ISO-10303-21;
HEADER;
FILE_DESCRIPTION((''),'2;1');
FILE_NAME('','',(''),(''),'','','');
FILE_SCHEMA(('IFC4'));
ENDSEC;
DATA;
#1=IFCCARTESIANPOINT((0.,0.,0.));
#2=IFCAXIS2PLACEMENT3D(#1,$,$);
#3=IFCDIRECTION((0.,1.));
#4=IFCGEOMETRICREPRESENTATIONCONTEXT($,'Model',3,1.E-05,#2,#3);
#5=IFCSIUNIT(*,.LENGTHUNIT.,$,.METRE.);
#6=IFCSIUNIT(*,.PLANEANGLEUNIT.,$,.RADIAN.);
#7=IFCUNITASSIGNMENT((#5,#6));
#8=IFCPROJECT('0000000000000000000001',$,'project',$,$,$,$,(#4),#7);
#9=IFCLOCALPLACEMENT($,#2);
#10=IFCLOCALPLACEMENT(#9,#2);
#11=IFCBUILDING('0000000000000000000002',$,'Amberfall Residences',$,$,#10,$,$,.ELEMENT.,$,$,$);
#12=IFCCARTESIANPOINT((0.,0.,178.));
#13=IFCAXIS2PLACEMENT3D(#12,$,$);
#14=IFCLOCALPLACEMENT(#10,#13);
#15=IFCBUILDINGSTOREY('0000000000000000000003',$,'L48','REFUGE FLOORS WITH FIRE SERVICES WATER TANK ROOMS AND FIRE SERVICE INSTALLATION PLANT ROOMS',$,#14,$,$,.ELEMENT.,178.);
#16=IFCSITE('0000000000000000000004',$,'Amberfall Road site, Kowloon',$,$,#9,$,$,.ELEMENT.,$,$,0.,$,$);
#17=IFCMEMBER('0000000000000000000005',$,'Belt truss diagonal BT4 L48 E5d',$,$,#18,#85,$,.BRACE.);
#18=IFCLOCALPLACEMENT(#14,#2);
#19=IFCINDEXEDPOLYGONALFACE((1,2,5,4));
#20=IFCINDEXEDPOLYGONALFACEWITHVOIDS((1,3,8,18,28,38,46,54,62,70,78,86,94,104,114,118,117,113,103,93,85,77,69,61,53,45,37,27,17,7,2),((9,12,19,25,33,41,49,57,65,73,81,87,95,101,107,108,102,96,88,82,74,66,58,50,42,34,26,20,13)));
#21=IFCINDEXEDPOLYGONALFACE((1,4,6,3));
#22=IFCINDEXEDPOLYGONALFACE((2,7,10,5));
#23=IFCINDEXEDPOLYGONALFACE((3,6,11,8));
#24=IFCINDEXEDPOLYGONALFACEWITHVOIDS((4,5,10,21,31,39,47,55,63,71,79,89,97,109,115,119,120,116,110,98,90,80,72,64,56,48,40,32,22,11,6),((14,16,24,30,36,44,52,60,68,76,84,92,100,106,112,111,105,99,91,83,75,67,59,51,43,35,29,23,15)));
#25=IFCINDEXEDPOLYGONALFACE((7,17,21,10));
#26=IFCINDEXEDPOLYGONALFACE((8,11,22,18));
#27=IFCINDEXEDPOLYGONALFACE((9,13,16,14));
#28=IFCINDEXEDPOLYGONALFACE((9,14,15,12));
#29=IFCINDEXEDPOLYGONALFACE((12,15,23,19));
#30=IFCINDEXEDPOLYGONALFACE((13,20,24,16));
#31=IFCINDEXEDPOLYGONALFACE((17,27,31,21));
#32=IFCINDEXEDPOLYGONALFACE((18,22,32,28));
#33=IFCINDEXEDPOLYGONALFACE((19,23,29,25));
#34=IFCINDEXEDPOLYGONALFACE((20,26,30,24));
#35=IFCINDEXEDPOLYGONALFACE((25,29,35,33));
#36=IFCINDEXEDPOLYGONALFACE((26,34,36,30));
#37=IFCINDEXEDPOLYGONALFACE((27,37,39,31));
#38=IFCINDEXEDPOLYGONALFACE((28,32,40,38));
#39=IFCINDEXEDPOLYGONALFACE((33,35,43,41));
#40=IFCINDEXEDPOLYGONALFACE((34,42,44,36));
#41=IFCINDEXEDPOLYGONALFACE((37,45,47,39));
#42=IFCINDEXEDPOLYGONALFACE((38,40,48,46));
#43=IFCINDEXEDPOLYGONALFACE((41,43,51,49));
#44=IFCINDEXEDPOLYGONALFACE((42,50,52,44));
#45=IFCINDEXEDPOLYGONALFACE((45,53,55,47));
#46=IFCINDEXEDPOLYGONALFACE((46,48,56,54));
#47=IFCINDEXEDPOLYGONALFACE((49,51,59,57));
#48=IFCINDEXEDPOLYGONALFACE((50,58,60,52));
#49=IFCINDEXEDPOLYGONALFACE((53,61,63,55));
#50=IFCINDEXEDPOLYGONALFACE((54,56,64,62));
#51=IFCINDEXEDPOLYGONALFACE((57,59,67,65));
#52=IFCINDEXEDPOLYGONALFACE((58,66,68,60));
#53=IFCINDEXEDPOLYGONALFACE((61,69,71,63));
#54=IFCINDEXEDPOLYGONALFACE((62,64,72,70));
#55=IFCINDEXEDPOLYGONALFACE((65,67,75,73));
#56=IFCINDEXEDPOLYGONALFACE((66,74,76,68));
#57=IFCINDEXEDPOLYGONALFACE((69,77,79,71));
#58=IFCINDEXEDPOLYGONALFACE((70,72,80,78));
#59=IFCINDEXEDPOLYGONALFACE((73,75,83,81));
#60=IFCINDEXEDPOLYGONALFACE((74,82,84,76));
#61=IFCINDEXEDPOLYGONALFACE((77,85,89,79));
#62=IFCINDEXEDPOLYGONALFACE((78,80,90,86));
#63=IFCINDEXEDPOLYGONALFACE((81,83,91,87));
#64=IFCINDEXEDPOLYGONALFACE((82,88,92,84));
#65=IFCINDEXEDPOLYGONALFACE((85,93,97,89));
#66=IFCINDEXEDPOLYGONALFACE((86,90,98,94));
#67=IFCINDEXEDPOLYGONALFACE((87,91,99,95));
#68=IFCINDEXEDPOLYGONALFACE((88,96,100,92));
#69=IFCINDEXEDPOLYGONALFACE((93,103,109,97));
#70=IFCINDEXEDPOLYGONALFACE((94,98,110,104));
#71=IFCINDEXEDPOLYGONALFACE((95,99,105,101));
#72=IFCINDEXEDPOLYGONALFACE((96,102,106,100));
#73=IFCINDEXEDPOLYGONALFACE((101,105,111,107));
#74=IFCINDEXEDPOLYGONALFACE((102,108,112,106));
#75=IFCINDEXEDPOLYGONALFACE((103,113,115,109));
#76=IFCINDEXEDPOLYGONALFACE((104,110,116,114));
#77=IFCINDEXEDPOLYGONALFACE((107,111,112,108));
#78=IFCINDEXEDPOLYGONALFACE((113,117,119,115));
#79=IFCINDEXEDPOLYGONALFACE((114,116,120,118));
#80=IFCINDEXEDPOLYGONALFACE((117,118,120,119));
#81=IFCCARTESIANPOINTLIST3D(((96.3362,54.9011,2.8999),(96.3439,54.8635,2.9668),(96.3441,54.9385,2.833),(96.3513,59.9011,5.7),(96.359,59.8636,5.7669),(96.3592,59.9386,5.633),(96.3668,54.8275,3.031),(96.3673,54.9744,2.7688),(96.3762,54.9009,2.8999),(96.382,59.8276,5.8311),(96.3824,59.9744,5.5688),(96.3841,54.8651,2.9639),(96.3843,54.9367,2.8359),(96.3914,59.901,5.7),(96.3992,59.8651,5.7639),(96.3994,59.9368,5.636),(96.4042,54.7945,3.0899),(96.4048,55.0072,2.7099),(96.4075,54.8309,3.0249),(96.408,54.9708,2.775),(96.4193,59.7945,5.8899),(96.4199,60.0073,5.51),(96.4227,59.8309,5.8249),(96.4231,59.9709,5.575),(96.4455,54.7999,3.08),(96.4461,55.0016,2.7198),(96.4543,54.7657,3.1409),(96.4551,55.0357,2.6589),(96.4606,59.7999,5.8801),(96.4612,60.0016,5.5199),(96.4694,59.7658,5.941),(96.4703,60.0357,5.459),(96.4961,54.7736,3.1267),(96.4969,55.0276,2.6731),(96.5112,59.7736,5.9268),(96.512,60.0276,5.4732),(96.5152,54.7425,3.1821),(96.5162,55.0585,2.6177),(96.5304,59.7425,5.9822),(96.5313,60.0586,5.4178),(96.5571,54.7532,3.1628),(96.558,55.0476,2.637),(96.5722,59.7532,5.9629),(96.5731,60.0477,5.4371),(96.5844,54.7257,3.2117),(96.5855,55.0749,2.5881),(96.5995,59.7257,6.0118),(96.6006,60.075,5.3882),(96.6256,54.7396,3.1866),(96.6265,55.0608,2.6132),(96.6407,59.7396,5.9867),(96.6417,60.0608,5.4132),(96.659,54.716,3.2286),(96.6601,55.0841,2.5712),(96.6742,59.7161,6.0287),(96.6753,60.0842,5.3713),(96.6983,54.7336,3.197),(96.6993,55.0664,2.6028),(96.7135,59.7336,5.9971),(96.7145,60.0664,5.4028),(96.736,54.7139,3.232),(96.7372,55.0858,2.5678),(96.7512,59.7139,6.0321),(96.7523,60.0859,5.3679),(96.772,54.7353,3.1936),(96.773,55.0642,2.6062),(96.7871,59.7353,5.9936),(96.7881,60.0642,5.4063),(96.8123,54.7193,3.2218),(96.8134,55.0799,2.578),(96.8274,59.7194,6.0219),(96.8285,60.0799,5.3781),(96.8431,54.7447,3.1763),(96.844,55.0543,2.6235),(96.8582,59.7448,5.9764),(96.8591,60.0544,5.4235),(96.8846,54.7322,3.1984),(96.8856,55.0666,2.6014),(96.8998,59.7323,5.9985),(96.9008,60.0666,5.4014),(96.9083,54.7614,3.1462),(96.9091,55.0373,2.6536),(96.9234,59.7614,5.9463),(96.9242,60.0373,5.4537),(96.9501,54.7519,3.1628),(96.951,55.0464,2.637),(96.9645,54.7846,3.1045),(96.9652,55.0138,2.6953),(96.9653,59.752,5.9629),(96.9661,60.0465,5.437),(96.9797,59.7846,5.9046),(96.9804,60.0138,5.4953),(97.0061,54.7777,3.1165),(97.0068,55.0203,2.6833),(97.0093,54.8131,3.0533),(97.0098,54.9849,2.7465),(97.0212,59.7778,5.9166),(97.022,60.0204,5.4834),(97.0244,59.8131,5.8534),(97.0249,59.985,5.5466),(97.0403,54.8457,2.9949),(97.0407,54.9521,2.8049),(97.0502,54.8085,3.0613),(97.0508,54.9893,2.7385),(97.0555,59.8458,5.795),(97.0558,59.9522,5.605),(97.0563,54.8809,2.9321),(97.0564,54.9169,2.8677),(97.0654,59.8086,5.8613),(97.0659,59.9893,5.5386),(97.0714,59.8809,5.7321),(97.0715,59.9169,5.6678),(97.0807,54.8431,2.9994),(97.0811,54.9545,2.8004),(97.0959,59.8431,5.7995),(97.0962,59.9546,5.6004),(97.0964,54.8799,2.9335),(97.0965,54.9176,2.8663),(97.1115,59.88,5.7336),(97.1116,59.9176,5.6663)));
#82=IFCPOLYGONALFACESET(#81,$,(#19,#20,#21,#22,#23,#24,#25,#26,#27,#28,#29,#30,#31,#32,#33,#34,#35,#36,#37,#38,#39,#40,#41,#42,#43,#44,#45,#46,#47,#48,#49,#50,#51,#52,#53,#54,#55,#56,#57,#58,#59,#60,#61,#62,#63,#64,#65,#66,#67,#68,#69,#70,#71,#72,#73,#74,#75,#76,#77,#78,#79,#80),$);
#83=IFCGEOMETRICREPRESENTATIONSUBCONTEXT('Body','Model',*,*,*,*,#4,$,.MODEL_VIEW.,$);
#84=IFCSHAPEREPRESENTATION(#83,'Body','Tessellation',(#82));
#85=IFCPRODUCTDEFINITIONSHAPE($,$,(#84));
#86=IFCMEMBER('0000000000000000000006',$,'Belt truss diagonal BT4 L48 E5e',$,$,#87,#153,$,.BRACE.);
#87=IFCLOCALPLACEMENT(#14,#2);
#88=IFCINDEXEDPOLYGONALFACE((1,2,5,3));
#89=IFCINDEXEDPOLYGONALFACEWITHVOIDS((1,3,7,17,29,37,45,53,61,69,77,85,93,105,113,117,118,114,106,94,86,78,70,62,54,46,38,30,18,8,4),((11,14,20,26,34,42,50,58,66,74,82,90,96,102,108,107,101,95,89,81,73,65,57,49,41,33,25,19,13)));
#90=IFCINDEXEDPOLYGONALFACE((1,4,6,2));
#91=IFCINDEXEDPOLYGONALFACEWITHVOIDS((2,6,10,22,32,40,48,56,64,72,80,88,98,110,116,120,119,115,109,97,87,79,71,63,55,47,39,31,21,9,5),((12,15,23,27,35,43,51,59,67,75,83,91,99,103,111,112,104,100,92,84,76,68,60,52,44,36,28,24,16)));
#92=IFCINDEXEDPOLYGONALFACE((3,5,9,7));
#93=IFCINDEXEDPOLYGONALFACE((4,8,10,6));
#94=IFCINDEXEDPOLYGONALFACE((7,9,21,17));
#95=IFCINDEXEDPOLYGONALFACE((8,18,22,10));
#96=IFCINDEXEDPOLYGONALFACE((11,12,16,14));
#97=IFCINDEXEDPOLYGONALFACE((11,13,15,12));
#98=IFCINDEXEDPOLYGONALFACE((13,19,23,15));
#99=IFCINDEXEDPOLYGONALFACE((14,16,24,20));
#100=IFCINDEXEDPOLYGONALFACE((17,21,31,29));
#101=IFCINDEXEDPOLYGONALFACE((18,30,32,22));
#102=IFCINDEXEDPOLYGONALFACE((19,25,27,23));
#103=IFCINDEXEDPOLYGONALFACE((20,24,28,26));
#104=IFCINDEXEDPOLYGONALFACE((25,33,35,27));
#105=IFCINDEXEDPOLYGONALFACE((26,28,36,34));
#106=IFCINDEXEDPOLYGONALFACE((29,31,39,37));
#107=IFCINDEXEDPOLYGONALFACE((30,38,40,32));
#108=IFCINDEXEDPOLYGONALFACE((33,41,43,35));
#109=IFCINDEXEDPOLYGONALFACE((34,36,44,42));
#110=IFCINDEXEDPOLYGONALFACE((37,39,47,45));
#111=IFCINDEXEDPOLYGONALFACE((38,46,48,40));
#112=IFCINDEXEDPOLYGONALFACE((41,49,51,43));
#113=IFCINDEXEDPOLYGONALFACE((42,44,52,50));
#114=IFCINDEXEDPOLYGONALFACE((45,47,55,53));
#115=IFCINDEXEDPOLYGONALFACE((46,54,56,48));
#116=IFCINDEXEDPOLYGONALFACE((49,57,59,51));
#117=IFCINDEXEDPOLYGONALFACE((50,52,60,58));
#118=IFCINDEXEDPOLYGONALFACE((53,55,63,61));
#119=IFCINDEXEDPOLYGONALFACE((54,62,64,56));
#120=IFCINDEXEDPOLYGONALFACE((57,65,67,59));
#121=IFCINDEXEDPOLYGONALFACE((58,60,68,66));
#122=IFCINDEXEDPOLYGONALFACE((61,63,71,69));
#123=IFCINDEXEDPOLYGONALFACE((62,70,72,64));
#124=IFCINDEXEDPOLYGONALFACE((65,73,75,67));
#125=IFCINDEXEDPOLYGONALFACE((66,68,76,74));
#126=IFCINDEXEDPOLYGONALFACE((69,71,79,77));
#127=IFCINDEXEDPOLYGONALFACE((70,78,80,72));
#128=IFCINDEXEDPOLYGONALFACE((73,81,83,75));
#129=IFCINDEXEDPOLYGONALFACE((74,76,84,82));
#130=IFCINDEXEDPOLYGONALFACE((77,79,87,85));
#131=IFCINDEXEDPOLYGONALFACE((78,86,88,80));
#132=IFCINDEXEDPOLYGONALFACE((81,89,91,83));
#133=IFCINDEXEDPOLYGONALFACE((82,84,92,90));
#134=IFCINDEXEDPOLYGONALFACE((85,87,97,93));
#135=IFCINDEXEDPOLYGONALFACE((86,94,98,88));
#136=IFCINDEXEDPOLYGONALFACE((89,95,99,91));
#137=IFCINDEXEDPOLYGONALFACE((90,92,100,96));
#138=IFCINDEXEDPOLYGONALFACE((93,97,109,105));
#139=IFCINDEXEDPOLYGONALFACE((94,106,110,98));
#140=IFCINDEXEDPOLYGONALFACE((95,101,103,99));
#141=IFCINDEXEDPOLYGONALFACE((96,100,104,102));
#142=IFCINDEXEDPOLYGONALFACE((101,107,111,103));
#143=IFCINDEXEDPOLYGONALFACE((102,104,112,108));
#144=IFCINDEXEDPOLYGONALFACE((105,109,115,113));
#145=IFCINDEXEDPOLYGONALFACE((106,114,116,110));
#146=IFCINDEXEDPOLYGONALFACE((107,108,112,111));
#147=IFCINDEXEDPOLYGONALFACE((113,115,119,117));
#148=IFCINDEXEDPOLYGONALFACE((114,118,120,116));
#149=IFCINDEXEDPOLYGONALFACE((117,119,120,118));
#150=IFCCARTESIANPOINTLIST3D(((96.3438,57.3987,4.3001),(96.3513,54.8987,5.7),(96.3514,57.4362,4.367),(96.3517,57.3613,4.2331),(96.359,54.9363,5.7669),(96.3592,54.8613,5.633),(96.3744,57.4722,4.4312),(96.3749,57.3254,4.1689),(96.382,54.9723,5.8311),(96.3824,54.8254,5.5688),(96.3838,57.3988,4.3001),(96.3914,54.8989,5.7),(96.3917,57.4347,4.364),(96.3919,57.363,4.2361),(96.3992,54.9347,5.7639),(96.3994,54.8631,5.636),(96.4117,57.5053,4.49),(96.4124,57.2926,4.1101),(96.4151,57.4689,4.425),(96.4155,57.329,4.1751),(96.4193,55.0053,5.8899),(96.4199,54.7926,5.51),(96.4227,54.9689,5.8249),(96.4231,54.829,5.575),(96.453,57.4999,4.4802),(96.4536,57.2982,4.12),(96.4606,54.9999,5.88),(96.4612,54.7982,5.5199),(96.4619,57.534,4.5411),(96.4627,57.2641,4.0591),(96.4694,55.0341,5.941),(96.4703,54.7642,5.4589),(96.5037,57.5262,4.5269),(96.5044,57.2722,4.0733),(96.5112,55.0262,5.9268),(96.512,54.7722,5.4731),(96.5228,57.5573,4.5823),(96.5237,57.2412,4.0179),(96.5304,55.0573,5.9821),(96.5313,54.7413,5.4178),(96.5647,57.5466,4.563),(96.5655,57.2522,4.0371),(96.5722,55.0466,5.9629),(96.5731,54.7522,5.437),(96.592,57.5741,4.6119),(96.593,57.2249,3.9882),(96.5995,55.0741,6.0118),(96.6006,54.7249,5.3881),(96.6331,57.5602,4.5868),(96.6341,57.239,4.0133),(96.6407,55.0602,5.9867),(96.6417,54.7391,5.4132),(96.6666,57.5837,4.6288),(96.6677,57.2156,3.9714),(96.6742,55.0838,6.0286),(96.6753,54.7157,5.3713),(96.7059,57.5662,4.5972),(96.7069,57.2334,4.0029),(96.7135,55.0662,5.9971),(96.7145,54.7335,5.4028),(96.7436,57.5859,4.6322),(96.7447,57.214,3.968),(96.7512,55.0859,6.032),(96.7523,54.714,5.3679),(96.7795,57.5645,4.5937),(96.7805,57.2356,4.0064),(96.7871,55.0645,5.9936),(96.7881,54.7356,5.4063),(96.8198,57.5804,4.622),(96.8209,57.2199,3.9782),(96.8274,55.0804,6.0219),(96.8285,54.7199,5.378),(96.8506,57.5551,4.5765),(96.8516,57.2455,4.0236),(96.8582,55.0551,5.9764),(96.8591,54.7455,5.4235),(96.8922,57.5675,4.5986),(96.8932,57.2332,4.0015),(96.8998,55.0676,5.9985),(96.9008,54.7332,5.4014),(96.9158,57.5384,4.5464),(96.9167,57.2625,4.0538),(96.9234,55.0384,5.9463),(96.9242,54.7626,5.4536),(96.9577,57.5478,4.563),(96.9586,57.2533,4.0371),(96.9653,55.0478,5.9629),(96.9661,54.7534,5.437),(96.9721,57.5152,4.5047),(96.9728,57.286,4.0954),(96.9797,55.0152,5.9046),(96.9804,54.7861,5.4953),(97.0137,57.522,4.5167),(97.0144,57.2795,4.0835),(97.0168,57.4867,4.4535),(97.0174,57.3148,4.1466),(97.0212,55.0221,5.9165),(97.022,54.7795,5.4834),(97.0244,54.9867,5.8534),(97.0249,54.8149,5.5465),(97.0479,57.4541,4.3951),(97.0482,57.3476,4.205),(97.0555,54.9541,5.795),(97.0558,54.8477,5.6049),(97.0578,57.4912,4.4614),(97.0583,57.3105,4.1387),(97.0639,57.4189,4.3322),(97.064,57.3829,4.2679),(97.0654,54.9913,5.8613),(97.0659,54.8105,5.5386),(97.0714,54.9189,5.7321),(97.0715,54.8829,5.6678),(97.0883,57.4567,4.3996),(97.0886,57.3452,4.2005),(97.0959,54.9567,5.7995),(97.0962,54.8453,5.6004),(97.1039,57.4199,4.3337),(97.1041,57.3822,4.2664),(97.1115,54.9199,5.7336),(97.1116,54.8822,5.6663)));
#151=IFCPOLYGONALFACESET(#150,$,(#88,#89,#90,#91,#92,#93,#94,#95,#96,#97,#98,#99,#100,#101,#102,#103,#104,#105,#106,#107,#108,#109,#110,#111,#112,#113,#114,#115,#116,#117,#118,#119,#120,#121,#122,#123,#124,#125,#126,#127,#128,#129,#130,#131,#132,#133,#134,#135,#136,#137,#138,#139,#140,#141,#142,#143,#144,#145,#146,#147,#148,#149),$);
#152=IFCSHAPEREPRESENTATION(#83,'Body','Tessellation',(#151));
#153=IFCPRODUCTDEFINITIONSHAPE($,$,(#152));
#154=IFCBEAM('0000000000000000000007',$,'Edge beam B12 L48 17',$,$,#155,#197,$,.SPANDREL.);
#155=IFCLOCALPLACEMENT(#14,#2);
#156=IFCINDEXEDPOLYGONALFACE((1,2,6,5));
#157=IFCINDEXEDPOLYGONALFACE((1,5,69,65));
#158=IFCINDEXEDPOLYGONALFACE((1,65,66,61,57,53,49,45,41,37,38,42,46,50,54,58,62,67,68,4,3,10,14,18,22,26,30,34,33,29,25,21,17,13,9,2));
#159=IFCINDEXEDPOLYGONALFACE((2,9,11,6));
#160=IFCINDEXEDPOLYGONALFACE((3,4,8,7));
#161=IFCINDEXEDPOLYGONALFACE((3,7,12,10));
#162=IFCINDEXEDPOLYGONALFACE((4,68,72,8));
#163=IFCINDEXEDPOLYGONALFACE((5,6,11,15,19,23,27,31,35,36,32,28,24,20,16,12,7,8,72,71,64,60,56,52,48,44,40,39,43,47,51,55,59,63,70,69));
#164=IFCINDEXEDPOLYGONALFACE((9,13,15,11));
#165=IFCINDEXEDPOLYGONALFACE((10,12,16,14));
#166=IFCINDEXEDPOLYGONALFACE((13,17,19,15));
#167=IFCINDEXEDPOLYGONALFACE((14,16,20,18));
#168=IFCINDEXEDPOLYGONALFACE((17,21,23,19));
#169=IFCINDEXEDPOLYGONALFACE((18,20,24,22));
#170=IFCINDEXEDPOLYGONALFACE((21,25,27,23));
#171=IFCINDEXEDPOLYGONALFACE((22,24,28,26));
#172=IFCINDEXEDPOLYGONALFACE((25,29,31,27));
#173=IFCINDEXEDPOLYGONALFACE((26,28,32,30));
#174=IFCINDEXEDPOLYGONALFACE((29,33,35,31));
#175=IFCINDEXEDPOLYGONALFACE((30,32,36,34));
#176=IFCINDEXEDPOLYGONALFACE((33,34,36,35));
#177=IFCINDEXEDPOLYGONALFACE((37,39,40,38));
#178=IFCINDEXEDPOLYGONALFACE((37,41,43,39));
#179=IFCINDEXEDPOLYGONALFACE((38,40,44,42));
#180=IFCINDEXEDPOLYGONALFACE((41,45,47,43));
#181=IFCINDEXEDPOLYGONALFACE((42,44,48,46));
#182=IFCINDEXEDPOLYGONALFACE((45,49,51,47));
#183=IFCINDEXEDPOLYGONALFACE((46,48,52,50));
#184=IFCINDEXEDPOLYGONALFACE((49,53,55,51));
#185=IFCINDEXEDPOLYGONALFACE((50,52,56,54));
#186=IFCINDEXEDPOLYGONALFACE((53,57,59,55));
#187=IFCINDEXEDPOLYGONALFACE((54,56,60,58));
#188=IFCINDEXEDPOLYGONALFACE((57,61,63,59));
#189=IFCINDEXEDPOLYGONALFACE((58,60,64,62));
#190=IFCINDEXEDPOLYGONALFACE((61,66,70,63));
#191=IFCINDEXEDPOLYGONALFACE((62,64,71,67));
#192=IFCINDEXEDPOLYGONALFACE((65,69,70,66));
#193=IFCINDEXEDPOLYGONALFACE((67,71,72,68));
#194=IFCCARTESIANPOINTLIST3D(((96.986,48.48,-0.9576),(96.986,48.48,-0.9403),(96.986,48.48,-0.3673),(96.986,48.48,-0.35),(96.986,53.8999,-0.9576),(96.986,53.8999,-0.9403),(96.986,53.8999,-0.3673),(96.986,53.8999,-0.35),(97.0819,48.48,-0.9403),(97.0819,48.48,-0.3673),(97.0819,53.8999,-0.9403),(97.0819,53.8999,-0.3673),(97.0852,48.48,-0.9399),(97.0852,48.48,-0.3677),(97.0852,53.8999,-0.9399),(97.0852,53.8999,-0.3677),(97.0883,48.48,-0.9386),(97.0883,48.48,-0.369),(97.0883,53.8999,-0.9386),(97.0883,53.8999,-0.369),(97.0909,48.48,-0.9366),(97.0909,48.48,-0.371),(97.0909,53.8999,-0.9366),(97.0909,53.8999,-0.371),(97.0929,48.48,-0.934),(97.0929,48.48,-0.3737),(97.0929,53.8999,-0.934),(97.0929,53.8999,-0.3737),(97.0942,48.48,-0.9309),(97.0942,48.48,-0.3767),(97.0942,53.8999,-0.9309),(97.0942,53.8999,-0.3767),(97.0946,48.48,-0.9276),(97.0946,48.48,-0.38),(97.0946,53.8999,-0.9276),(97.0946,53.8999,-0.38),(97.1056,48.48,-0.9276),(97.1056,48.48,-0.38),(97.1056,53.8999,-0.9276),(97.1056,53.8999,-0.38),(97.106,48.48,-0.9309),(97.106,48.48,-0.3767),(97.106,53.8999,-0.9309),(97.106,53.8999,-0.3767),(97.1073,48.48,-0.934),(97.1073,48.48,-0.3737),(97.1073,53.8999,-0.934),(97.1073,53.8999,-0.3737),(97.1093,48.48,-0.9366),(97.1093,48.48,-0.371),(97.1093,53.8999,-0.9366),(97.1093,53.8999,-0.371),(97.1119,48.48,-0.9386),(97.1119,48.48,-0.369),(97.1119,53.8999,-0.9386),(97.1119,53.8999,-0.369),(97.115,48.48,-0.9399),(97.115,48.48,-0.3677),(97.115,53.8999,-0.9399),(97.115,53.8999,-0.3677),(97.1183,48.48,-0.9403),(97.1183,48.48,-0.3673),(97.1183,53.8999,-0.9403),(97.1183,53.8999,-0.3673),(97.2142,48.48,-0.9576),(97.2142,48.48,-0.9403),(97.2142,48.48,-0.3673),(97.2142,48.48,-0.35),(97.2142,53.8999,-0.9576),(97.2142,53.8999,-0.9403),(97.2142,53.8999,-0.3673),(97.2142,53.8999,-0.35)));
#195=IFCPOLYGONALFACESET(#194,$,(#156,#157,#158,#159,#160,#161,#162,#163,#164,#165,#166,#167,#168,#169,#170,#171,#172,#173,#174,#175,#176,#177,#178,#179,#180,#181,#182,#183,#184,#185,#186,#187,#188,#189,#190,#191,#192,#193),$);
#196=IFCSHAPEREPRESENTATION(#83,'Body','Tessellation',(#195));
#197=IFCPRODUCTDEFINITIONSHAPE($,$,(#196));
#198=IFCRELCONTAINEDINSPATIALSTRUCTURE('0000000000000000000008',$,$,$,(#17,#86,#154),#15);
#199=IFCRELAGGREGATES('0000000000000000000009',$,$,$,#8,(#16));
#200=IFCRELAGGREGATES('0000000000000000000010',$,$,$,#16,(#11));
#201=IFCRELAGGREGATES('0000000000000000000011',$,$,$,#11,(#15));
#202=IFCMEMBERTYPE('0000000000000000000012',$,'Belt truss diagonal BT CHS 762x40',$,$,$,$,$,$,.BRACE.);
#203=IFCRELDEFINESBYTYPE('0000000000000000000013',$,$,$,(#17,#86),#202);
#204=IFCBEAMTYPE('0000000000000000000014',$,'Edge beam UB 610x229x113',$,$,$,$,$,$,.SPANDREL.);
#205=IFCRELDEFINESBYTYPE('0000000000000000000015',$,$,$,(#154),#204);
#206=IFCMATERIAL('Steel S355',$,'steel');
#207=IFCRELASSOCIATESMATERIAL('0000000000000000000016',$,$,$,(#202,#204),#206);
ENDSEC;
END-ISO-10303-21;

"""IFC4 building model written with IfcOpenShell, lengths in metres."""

from ifc_helpers import new_model, si_unit, direction, frame, origin, origin_2d, place, context, subcontext, project, spatial, hollow_circle, i_section, extrude, material, material_profile, profile_set, type_object, element, save


model = new_model("IFC4")

# Units and contexts
model_context = context("Model", 3, precision=1e-05, world=origin(), true_north=direction((0.0, 1.0)))
body_context = subcontext(model_context, "Body", "Model", "MODEL_VIEW")
ifc_project = project(units=[si_unit("LENGTHUNIT", "METRE"), si_unit("PLANEANGLEUNIT", "RADIAN")], contexts=[model_context])

# Site, building, storey
site_placement = place(None, origin())
site = spatial("IfcSite", under=ifc_project, at=site_placement, Name="Amberfall Road site, Kowloon", CompositionType="ELEMENT", RefElevation=0.0)
building_placement = place(site_placement, origin())
building = spatial("IfcBuilding", under=site, at=building_placement, Name="Amberfall Residences", CompositionType="ELEMENT")
storey_placement = place(building_placement, frame((0.0, 0.0, 178.0)))
storey = spatial("IfcBuildingStorey", under=building, at=storey_placement, Name="L48", Description="REFUGE FLOORS WITH FIRE SERVICES WATER TANK ROOMS AND FIRE SERVICE INSTALLATION PLANT ROOMS", CompositionType="ELEMENT", Elevation=178.0)

# Shared definitions
ifc_material_1 = material(Name="Steel S355", Category="steel")

# Members
ifc_material_profile_1 = material_profile(ifc_material_1, hollow_circle(Radius=0.3811, WallThickness=0.04, at=origin_2d()), Name="CHS 762x40")
ifc_profile_set_1 = profile_set([ifc_material_profile_1], Name="Steel S355")
member_type_1 = type_object("IfcMemberType", Name="Belt truss diagonal BT CHS 762x40", PredefinedType="BRACE", material=ifc_profile_set_1)
member_1_placement = place(storey_placement, frame((96.7173, 54.8999, 2.8999), z_axis=(0.002641, 0.872499, 0.488608), x_axis=(-0.999995, 0.003027, 0.0)))
element("IfcMember", 1, at=member_1_placement, inside=storey, type_object=member_type_1, Name="Belt truss diagonal BT4 L48 E5d", PredefinedType="BRACE", context=body_context, shape_type="SweptSolid", body=[
    extrude(hollow_circle(Radius=0.3811, WallThickness=0.04, at=origin_2d()), origin(), (0.0, 0.0, 1.0), 5.7307),
])
member_2_placement = place(storey_placement, frame((96.7324, 54.8999, 5.7), z_axis=(-0.002641, 0.872518, -0.488576), x_axis=(-0.999995, -0.003027, 0.0)))
element("IfcMember", 2, at=member_2_placement, inside=storey, type_object=member_type_1, Name="Belt truss diagonal BT4 L48 E5e", PredefinedType="BRACE", context=body_context, shape_type="SweptSolid", body=[
    extrude(hollow_circle(Radius=0.3811, WallThickness=0.04, at=origin_2d()), origin(), (0.0, 0.0, 1.0), 2.8652),
])

# Beam
ifc_material_profile_2 = material_profile(ifc_material_1, i_section(OverallWidth=0.2283, OverallDepth=0.6077, WebThickness=0.011, FlangeThickness=0.0173, FilletRadius=0.0127, at=origin_2d()), Name="UB 610x229x113")
ifc_profile_set_2 = profile_set([ifc_material_profile_2], Name="Steel S355")
beam_type_1 = type_object("IfcBeamType", Name="Edge beam UB 610x229x113", PredefinedType="SPANDREL", material=ifc_profile_set_2)
beam_1_placement = place(storey_placement, frame((97.1001, 48.48, -0.6538), z_axis=(0.0, 1.0, 0.0), x_axis=(-1.0, 0.0, 0.0)))
element("IfcBeam", 3, at=beam_1_placement, inside=storey, type_object=beam_type_1, Name="Edge beam B12 L48 17", PredefinedType="SPANDREL", context=body_context, shape_type="SweptSolid", body=[
    extrude(i_section(OverallWidth=0.2283, OverallDepth=0.6077, WebThickness=0.011, FlangeThickness=0.0173, FilletRadius=0.0127, at=origin_2d()), origin(), (0.0, 0.0, 1.0), 5.4199),
])

save(model, "model.ifc")
